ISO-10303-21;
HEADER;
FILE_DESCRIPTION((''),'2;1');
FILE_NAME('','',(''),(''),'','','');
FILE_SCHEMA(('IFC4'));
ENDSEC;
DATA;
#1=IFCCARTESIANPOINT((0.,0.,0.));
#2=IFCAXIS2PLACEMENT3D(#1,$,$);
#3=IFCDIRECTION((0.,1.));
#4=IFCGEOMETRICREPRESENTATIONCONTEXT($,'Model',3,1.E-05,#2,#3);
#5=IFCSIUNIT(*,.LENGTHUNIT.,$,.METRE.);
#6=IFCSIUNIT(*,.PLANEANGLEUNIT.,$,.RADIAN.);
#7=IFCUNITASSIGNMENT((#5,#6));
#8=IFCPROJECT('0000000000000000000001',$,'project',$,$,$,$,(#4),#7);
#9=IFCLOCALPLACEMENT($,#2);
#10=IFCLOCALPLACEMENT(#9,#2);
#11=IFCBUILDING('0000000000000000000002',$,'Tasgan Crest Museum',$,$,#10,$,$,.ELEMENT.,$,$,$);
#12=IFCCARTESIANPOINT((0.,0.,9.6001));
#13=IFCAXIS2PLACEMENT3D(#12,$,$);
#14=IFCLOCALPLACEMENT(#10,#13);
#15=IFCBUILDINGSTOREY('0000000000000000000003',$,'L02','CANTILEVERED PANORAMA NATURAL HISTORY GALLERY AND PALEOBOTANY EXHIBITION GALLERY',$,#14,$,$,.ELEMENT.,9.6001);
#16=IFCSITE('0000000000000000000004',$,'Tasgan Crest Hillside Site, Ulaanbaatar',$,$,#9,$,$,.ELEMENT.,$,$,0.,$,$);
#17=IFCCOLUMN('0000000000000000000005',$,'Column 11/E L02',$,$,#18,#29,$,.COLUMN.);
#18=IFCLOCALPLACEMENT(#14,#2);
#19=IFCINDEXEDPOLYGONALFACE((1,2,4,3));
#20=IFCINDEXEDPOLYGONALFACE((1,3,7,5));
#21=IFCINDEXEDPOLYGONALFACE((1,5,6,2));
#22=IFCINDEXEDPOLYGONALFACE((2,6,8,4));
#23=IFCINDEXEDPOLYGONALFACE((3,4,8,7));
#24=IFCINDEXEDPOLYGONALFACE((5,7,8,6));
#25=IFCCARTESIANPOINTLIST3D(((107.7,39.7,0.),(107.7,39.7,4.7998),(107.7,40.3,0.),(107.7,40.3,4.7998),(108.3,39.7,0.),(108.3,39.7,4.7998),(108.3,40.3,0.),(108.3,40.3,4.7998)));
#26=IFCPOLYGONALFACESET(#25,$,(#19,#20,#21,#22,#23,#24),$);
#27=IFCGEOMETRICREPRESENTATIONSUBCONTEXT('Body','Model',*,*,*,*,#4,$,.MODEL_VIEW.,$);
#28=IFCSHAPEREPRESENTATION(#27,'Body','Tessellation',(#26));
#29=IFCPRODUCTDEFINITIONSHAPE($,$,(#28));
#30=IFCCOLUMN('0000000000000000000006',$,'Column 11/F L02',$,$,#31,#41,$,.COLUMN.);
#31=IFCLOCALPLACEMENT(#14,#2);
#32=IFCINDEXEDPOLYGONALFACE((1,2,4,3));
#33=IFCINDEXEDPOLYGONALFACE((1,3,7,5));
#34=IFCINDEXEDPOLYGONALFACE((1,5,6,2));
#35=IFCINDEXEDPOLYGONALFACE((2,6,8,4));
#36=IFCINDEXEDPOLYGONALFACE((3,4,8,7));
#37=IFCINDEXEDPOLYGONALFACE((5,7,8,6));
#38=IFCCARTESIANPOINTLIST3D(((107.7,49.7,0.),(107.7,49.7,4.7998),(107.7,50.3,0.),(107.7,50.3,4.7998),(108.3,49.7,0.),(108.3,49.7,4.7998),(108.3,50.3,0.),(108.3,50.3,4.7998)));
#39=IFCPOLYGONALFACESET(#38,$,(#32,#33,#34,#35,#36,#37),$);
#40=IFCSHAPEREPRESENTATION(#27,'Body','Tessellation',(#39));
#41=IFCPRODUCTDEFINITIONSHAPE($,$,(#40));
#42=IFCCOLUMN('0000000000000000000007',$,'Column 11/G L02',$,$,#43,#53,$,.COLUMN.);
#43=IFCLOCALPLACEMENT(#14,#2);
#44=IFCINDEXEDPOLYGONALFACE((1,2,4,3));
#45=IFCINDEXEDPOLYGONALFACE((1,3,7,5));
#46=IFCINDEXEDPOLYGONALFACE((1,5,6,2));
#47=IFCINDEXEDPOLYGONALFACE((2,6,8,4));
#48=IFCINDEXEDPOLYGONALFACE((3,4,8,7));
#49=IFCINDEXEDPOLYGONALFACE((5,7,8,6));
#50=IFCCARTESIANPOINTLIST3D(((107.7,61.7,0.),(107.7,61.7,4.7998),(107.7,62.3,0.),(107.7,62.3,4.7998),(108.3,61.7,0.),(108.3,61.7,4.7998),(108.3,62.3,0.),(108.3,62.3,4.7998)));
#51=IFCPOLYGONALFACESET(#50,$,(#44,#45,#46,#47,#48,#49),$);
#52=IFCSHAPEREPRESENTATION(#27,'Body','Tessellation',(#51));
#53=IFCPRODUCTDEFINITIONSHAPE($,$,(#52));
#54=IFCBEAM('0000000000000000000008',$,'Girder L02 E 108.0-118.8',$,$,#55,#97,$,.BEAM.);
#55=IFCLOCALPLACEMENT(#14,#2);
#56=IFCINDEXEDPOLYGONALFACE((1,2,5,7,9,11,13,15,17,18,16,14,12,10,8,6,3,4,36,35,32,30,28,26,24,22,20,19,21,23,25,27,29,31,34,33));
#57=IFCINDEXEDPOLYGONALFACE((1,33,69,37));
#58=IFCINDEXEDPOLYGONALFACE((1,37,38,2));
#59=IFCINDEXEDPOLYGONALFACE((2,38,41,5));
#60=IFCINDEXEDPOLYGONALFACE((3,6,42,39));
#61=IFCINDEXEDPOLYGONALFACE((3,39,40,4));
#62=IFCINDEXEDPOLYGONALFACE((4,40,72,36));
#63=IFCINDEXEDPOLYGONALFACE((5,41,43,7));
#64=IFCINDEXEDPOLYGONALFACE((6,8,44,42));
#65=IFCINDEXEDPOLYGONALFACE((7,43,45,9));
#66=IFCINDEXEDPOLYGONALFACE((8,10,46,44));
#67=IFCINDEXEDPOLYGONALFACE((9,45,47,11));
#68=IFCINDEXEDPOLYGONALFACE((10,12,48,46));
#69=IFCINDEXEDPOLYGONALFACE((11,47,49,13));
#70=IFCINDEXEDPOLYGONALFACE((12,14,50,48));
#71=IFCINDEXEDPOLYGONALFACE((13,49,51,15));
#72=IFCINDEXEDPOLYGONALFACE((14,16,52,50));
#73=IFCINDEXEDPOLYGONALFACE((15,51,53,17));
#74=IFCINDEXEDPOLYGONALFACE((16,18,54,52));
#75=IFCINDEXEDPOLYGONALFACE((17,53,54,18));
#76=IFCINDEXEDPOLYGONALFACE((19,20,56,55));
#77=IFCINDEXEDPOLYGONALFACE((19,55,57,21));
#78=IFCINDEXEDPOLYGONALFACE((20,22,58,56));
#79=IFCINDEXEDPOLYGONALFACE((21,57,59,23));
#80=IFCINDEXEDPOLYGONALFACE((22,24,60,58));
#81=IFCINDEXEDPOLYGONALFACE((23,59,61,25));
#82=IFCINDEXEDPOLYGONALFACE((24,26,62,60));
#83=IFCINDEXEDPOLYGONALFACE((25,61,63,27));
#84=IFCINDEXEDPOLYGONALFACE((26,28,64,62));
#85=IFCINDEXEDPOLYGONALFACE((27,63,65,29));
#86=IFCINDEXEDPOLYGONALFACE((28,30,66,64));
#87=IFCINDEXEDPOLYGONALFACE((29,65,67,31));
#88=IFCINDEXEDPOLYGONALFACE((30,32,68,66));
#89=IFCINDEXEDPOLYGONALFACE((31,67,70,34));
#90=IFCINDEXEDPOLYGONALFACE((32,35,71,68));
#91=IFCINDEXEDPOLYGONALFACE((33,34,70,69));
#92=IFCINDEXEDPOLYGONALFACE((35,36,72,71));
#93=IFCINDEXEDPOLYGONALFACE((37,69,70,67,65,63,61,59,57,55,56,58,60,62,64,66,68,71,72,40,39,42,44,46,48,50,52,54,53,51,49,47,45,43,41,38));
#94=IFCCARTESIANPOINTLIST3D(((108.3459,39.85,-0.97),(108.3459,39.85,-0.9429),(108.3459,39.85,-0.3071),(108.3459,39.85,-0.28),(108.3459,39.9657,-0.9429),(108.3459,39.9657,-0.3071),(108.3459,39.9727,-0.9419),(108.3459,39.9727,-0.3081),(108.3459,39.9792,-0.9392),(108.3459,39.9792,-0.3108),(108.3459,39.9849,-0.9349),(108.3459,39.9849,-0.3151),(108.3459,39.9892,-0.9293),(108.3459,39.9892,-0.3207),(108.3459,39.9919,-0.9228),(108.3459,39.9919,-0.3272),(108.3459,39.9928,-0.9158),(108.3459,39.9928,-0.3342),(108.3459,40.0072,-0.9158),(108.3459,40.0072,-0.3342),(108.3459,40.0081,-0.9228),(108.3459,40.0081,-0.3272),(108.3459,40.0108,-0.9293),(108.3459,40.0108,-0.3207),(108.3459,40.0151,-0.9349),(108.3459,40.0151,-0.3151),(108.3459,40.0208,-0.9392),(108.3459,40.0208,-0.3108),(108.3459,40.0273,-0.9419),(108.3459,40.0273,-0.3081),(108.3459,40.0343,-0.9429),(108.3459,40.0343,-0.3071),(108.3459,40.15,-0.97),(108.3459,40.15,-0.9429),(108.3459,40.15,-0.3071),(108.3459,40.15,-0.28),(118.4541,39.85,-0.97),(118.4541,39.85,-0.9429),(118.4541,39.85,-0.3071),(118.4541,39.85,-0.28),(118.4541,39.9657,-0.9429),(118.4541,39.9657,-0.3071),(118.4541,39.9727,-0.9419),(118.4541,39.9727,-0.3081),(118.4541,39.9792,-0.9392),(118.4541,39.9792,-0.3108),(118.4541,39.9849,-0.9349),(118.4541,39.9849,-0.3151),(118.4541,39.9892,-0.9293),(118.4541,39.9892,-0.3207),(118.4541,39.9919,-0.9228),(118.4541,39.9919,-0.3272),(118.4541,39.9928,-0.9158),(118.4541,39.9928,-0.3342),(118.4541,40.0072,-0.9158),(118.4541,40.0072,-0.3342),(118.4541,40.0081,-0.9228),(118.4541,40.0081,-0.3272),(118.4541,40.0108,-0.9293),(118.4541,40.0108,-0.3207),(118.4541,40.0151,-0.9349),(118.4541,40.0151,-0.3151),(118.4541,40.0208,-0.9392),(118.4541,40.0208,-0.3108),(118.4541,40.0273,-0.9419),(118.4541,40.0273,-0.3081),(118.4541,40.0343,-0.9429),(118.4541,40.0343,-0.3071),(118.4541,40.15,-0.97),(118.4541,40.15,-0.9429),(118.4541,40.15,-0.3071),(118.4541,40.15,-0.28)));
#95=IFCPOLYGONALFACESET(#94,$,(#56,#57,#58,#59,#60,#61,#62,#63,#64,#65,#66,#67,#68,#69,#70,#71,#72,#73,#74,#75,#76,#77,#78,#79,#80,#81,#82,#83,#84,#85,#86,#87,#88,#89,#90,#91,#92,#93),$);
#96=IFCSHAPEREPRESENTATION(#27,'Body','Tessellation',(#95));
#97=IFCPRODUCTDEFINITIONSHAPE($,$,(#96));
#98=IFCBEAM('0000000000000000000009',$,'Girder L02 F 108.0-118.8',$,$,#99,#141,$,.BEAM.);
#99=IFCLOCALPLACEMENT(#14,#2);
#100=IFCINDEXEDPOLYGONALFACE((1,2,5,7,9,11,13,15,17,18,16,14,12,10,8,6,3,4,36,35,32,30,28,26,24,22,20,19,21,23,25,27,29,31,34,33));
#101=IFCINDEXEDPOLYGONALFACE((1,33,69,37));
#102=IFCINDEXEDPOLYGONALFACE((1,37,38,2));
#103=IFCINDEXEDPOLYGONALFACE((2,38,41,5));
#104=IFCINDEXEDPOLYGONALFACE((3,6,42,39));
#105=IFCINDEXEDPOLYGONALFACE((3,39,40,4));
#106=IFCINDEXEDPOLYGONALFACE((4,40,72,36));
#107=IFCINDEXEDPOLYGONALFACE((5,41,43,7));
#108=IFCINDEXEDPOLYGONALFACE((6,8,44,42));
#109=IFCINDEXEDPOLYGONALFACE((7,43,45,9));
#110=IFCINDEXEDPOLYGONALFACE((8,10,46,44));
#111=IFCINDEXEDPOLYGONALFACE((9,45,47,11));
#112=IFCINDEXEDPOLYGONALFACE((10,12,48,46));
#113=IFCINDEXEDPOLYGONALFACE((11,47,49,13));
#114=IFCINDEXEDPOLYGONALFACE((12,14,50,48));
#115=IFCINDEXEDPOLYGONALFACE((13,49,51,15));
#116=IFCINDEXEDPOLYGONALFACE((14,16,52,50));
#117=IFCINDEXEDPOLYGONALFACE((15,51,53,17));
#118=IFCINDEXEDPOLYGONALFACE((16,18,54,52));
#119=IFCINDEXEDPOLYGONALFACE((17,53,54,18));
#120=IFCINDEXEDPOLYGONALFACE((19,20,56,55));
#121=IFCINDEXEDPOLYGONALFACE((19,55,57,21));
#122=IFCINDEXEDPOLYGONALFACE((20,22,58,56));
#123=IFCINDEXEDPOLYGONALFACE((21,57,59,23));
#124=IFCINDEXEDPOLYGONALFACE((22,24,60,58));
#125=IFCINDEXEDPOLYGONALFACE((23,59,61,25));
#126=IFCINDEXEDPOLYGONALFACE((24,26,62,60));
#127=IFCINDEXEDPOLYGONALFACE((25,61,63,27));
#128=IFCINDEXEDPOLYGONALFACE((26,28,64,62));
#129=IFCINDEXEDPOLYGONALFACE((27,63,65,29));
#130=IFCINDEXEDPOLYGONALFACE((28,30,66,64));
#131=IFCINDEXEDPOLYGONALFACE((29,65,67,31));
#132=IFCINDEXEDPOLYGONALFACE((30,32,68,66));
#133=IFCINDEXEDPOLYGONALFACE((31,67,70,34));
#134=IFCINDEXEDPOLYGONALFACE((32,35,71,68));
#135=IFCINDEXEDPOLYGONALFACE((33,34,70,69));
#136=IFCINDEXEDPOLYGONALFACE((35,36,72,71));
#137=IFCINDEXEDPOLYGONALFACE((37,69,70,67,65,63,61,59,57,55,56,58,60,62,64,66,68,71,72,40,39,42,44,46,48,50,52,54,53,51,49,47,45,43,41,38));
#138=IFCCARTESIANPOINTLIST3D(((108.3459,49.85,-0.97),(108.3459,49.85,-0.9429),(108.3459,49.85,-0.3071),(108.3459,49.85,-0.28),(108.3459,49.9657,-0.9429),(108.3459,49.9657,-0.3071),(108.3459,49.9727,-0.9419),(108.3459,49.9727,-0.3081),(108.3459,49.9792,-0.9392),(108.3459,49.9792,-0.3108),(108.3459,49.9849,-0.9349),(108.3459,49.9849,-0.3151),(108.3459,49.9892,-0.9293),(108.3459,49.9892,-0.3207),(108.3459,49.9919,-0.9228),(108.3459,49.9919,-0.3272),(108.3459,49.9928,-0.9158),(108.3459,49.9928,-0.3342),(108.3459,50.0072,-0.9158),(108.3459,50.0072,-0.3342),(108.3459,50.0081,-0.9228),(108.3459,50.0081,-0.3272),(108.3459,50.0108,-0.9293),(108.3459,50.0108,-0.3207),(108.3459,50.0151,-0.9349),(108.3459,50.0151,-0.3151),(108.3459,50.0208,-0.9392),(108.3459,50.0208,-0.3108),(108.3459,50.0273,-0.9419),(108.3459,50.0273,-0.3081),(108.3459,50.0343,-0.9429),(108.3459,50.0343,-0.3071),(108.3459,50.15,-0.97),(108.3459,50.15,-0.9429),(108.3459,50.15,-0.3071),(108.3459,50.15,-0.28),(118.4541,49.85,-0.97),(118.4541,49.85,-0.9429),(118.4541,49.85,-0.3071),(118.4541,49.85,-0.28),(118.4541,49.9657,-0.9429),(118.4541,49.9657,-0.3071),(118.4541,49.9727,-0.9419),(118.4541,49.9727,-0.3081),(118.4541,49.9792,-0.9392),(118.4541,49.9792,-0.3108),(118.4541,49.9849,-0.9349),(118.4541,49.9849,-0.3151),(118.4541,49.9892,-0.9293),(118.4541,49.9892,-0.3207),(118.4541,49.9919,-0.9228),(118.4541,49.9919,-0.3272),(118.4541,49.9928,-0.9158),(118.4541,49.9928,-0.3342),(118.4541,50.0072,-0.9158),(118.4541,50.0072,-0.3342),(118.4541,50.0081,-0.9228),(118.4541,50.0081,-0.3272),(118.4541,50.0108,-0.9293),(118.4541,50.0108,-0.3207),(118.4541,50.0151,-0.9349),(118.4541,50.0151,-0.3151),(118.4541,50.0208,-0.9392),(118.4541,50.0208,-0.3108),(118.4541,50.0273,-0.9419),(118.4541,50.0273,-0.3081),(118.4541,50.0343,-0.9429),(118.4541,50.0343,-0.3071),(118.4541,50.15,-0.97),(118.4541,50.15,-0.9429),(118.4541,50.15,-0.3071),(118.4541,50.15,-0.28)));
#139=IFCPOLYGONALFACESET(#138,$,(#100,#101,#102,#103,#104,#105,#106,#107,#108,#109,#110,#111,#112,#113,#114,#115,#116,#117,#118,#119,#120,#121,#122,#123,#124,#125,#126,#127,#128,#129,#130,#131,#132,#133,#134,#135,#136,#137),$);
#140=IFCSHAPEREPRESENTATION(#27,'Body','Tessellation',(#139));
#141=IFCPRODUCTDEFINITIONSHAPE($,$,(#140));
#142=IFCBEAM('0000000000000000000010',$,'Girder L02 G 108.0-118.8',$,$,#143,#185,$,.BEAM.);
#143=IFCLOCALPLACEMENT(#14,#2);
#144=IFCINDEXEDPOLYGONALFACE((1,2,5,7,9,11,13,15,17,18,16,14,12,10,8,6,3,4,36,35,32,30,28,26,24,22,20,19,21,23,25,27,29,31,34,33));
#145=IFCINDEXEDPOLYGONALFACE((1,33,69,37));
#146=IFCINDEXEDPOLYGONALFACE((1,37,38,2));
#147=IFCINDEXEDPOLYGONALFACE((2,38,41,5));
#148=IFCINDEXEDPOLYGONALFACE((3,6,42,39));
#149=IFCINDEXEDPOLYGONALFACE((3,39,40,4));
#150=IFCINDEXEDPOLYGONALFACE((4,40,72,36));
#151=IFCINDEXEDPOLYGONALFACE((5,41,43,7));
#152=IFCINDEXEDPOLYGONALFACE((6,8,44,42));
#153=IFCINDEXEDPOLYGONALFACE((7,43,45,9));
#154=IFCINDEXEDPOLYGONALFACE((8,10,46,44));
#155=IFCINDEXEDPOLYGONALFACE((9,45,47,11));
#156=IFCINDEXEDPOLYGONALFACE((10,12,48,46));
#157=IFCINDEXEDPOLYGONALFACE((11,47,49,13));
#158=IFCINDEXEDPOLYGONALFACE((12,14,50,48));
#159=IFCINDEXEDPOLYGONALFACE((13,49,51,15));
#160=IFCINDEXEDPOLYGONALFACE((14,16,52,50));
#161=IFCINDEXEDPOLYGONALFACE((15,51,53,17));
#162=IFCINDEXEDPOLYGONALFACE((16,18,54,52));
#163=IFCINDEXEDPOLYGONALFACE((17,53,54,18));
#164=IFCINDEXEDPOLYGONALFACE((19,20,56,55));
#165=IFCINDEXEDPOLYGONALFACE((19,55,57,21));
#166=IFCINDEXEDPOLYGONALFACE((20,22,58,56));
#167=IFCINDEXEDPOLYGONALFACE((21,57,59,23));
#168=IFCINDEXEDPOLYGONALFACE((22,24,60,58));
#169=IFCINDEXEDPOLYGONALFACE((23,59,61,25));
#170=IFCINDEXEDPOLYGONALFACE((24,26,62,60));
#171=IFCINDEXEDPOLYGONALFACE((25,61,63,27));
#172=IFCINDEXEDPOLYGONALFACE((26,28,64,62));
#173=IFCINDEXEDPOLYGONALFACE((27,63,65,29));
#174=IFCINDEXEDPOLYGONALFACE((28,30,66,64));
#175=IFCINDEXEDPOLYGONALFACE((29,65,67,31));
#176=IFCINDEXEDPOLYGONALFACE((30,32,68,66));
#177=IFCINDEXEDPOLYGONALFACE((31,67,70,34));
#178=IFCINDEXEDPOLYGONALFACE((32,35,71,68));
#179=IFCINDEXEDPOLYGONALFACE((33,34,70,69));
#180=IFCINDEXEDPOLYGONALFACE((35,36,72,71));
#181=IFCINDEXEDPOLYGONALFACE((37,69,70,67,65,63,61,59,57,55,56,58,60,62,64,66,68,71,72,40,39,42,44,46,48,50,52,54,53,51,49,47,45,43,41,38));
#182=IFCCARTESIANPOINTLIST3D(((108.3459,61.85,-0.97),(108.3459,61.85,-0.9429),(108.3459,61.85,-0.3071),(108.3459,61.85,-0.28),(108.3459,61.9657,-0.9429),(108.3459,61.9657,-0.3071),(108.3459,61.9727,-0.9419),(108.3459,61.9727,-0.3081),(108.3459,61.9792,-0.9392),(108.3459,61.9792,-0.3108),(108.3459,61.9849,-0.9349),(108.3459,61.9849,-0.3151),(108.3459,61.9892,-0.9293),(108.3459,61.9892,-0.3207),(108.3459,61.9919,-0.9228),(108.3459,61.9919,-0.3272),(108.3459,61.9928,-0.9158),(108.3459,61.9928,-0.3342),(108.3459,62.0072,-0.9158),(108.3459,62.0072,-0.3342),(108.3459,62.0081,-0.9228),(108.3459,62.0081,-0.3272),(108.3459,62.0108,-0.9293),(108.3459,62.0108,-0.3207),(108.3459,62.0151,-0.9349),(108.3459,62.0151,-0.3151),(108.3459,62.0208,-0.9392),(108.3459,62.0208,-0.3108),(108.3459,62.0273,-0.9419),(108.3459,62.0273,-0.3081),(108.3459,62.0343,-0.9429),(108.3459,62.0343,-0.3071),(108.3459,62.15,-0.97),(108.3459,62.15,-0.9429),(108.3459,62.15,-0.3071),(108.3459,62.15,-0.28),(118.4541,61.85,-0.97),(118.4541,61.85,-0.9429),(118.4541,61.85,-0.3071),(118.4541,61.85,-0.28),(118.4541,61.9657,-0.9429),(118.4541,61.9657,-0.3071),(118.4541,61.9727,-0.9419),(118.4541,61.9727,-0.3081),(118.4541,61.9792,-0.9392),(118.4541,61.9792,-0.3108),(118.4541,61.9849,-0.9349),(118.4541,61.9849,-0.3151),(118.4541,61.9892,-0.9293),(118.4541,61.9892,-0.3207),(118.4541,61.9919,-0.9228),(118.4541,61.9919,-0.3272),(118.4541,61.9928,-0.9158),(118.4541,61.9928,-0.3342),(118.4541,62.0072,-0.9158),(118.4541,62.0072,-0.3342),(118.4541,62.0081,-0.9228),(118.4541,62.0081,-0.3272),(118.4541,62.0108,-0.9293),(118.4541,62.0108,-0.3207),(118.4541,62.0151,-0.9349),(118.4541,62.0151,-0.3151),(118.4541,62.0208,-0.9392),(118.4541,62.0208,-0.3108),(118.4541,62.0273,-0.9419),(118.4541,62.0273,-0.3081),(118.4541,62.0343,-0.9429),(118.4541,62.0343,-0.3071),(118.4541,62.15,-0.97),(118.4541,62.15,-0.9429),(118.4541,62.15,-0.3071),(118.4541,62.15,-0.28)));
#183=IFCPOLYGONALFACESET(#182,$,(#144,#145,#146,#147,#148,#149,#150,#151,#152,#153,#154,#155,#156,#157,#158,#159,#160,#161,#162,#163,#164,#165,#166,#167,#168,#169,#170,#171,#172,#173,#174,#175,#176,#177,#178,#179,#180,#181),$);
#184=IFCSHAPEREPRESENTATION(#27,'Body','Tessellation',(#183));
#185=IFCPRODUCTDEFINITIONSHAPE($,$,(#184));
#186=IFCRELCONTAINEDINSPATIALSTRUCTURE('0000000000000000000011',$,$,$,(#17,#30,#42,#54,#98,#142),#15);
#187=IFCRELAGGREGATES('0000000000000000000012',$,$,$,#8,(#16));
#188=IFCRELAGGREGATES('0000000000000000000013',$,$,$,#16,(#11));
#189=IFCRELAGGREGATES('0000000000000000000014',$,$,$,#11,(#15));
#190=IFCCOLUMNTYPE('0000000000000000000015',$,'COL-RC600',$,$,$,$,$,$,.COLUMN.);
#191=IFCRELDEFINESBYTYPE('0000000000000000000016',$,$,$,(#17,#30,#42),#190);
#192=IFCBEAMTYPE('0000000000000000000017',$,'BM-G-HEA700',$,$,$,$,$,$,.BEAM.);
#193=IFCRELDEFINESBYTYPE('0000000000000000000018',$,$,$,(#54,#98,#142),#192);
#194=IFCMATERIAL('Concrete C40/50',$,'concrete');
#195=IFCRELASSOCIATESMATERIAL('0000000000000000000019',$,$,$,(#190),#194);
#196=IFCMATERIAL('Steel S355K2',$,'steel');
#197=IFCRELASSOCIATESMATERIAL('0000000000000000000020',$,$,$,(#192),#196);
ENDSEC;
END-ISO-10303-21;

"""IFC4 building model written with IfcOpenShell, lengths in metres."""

from ifc_helpers import new_model, si_unit, direction, frame, origin, origin_2d, place, context, subcontext, project, spatial, rectangle, i_section, extrude, material, material_profile, profile_set, type_object, element, save


model = new_model("IFC4")

# Units and contexts
model_context = context("Model", 3, precision=1e-05, world=origin(), true_north=direction((0.0, 1.0)))
body_context = subcontext(model_context, "Body", "Model", "MODEL_VIEW")
ifc_project = project(units=[si_unit("LENGTHUNIT", "METRE"), si_unit("PLANEANGLEUNIT", "RADIAN")], contexts=[model_context])

# Site, building, storey
site_placement = place(None, origin())
site = spatial("IfcSite", under=ifc_project, at=site_placement, Name="Tasgan Crest Hillside Site, Ulaanbaatar", CompositionType="ELEMENT", RefElevation=0.0)
building_placement = place(site_placement, origin())
building = spatial("IfcBuilding", under=site, at=building_placement, Name="Tasgan Crest Museum", CompositionType="ELEMENT")
storey_placement = place(building_placement, frame((0.0, 0.0, 9.6001)))
storey = spatial("IfcBuildingStorey", under=building, at=storey_placement, Name="L02", Description="CANTILEVERED PANORAMA NATURAL HISTORY GALLERY AND PALEOBOTANY EXHIBITION GALLERY", CompositionType="ELEMENT", Elevation=9.6001)

# Columns
ifc_material_1 = material(Name="Concrete C40/50", Category="concrete")
ifc_material_profile_1 = material_profile(ifc_material_1, rectangle(XDim=0.6001, YDim=0.6001, at=origin_2d()), Name="RC 600x600")
ifc_profile_set_1 = profile_set([ifc_material_profile_1], Name="Concrete C40/50")
column_type = type_object("IfcColumnType", Name="COL-RC600", PredefinedType="COLUMN", material=ifc_profile_set_1)
for number, where, z_axis, x_axis, name in (
    (1, (108.0, 40.0, 0.0), (0.0, 0.0, 1.0), (1.0, 0.0, 0.0), "Column 11/E L02"),
    (2, (108.0, 50.0, 0.0), (0.0, 0.0, 1.0), (1.0, 0.0, 0.0), "Column 11/F L02"),
    (3, (108.0, 62.0, 0.0), (0.0, 0.0, 1.0), (1.0, 0.0, 0.0), "Column 11/G L02"),
):
    element("IfcColumn", number, at=place(storey_placement, frame(where, z_axis=z_axis, x_axis=x_axis)), inside=storey, type_object=column_type, Name=name, PredefinedType="COLUMN", context=body_context, shape_type="SweptSolid", body=[
        extrude(rectangle(XDim=0.6001, YDim=0.6001, at=origin_2d()), origin(), (0.0, 0.0, 1.0), 4.7998),
    ])

# Beams
ifc_material_2 = material(Name="Steel S355K2", Category="steel")
ifc_material_profile_2 = material_profile(ifc_material_2, i_section(OverallWidth=0.3, OverallDepth=0.6899, WebThickness=0.0144, FlangeThickness=0.0271, FilletRadius=0.0271, at=origin_2d()), Name="HEA 700")
ifc_profile_set_2 = profile_set([ifc_material_profile_2], Name="Steel S355K2")
beam_type_1 = type_object("IfcBeamType", Name="BM-G-HEA700", PredefinedType="BEAM", material=ifc_profile_set_2)
for number, where, z_axis, x_axis, name in (
    (4, (108.3459, 40.0, -0.625), (1.0, 0.0, 0.0), (0.0, 1.0, 0.0), "Girder L02 E 108.0-118.8"),
    (5, (108.3459, 50.0, -0.625), (1.0, 0.0, 0.0), (0.0, 1.0, 0.0), "Girder L02 F 108.0-118.8"),
    (6, (108.3459, 62.0, -0.625), (1.0, 0.0, 0.0), (0.0, 1.0, 0.0), "Girder L02 G 108.0-118.8"),
):
    element("IfcBeam", number, at=place(storey_placement, frame(where, z_axis=z_axis, x_axis=x_axis)), inside=storey, type_object=beam_type_1, Name=name, PredefinedType="BEAM", context=body_context, shape_type="SweptSolid", body=[
        extrude(i_section(OverallWidth=0.3, OverallDepth=0.6899, WebThickness=0.0144, FlangeThickness=0.0271, FilletRadius=0.0271, at=origin_2d()), origin(), (0.0, 0.0, 1.0), 10.1082),
    ])

save(model, "model.ifc")
